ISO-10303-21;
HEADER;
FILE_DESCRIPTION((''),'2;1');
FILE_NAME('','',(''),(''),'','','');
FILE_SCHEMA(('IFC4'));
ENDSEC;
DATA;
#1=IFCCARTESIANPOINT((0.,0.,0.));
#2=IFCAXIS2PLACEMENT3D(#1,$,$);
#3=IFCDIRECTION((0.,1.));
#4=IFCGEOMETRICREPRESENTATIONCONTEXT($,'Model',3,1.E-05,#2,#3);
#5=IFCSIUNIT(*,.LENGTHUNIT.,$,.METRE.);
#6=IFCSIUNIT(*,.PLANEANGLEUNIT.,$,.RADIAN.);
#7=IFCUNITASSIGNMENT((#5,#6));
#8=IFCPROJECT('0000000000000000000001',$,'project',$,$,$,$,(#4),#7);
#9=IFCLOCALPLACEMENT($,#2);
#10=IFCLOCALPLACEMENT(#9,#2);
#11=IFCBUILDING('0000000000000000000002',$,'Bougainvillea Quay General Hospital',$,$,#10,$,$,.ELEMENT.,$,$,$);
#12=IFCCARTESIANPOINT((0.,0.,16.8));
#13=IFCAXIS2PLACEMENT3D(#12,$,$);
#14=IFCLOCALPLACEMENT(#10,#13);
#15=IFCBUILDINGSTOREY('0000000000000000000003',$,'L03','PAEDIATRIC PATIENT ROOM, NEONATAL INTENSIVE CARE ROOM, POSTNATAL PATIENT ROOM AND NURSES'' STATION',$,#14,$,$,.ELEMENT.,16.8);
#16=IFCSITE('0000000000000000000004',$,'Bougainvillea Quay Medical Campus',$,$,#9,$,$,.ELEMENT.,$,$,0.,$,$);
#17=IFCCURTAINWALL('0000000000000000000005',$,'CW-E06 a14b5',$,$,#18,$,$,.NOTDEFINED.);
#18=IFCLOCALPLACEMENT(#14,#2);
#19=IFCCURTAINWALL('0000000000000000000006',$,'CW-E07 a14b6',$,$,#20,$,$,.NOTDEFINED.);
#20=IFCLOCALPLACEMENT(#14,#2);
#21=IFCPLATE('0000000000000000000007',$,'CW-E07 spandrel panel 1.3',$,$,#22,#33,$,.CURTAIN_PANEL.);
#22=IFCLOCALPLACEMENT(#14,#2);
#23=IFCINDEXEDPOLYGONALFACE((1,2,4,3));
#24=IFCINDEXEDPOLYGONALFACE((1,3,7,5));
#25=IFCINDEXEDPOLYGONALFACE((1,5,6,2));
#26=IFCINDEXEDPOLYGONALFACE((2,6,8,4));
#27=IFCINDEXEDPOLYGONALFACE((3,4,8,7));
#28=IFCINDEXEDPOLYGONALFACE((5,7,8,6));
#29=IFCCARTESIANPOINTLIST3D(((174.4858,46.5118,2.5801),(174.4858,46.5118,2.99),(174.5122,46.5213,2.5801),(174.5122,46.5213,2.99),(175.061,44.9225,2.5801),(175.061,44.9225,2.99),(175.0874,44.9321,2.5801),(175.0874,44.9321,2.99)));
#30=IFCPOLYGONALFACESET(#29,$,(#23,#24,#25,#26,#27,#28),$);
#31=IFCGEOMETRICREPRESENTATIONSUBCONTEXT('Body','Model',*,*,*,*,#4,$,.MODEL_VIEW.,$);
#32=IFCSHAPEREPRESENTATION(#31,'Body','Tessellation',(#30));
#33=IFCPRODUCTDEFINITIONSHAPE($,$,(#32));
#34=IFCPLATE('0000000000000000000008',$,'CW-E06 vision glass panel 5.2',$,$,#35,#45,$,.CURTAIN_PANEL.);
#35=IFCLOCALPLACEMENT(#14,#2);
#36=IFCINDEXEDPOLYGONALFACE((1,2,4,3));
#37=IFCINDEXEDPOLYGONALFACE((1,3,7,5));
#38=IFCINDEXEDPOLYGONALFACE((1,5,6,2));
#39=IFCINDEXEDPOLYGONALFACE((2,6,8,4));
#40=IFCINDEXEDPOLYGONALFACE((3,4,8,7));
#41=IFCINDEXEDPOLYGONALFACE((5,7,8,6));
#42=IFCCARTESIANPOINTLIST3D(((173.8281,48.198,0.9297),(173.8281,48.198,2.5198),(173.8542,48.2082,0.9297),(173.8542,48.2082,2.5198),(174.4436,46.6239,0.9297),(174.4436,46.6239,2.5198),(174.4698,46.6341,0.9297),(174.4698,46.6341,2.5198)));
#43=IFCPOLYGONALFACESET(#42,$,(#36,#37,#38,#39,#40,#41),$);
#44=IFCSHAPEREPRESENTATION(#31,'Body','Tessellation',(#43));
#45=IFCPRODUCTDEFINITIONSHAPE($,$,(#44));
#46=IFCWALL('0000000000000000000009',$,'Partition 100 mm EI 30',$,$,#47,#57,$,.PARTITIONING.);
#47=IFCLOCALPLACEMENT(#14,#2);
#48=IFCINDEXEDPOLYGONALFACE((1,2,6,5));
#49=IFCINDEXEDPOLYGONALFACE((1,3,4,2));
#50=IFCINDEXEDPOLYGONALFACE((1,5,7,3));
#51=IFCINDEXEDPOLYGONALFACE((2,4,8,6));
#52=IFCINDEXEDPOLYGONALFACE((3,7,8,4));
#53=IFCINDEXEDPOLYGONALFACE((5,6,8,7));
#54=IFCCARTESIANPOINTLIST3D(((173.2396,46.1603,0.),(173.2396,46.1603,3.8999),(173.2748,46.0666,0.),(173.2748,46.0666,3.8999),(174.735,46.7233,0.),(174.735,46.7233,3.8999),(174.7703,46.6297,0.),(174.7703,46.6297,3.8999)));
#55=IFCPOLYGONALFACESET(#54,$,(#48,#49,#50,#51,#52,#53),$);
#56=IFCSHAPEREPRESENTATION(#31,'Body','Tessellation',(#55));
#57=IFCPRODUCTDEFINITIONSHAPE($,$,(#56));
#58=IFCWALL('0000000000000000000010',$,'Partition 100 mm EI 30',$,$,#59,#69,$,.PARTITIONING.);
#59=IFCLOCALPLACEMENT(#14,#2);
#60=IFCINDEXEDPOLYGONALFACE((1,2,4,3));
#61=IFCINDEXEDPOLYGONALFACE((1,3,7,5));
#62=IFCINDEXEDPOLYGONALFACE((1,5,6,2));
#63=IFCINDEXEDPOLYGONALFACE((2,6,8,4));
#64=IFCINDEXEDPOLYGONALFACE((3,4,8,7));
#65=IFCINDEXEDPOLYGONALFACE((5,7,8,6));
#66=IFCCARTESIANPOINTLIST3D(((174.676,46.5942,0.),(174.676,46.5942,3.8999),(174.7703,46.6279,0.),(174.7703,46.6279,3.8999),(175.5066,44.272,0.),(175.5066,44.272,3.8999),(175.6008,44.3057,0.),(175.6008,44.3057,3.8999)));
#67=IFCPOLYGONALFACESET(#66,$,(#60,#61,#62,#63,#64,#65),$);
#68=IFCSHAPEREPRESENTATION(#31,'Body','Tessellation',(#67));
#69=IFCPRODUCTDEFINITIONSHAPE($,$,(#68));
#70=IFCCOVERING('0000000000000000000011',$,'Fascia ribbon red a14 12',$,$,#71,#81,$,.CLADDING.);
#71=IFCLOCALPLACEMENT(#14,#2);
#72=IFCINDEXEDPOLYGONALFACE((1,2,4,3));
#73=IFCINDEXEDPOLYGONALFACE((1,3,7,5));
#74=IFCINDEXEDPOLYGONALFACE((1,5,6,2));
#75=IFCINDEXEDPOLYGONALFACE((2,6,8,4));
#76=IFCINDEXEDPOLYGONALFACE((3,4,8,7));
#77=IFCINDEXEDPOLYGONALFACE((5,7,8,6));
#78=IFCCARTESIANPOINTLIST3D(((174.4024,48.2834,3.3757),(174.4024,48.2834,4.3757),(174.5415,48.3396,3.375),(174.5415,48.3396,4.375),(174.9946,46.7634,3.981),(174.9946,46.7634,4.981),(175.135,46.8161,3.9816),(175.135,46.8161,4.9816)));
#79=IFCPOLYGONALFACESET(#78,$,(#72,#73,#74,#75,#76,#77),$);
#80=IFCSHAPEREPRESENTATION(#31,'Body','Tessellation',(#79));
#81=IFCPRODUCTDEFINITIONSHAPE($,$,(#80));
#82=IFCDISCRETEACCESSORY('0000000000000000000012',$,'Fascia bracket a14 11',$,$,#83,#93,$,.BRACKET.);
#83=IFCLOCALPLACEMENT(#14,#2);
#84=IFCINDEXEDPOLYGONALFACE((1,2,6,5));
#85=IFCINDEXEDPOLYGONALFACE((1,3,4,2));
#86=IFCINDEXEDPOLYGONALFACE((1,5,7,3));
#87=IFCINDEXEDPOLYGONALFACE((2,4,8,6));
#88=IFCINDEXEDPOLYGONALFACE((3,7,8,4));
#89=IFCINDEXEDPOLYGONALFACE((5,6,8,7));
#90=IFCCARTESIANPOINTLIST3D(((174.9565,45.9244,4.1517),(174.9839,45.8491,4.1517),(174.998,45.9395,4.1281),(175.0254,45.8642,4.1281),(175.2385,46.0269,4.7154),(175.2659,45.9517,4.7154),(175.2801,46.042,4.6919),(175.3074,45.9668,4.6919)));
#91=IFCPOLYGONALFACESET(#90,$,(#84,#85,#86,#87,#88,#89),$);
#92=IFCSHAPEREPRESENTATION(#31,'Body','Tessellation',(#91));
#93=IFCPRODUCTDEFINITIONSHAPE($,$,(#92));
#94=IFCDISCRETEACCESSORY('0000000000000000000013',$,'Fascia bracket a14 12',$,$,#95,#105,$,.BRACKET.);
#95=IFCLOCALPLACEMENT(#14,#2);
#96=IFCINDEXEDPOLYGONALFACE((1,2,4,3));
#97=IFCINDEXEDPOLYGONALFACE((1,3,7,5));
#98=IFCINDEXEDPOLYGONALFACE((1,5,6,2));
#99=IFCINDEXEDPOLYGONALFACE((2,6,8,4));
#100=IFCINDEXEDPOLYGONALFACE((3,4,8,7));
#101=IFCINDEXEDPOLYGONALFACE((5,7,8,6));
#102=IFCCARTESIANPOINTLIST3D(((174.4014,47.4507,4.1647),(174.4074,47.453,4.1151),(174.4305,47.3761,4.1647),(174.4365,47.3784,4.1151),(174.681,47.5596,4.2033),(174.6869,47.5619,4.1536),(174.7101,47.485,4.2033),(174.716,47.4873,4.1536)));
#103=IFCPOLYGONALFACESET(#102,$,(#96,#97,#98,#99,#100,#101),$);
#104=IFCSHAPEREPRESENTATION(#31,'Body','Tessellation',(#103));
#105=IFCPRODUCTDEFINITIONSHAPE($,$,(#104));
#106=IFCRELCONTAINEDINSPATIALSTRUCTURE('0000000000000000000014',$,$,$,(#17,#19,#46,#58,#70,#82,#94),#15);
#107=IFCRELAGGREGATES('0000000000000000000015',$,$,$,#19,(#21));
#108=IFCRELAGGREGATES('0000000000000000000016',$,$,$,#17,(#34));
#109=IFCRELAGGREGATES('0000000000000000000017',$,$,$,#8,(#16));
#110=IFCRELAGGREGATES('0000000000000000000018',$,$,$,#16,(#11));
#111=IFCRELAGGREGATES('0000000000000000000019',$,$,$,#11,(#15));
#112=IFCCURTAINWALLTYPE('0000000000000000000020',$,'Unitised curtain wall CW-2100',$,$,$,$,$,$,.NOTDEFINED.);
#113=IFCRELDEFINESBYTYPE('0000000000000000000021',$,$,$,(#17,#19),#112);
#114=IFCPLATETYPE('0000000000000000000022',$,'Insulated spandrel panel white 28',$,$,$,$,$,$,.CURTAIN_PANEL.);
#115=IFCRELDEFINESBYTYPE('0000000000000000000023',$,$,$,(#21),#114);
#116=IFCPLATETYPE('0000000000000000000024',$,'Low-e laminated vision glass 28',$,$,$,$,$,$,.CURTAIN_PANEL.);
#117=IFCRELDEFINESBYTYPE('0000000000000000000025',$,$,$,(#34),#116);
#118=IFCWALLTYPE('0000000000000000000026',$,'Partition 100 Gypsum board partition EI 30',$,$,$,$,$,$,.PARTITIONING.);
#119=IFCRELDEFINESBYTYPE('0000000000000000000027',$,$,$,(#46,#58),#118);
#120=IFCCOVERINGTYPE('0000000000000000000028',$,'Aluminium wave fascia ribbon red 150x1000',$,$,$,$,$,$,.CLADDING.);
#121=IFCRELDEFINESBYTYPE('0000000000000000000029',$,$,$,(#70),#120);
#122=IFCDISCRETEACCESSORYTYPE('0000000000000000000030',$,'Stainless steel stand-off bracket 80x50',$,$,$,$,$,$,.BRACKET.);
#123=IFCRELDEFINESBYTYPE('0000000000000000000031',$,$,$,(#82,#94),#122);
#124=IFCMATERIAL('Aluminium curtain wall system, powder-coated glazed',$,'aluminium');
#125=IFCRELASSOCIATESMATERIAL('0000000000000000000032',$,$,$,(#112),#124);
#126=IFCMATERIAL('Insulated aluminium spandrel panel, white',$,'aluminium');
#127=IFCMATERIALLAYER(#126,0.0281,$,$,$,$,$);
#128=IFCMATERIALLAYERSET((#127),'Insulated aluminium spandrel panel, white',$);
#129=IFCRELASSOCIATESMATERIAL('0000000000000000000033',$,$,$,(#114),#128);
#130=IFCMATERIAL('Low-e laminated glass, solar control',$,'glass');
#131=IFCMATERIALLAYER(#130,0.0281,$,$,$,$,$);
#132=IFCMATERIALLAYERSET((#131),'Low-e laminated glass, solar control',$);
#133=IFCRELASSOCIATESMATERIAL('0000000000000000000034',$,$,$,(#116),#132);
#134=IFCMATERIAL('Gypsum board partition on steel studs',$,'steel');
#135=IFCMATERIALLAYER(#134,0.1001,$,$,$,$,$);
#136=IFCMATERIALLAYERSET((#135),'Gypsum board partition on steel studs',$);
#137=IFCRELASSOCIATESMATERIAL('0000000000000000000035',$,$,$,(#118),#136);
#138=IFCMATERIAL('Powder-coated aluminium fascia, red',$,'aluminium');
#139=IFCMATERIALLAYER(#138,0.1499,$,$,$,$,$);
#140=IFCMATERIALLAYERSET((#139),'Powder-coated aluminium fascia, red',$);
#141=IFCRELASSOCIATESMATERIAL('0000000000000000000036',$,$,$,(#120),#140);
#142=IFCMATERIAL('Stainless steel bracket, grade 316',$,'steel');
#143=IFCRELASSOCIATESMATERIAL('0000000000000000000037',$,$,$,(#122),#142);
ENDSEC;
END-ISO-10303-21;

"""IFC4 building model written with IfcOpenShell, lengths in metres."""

from ifc_helpers import new_model, si_unit, direction, frame, frame_2d, origin, origin_2d, place, context, subcontext, project, spatial, polyline, rectangle, outline, extrude, material, layer, layer_set, material_profile, profile_set, type_object, element, aggregate, save


model = new_model("IFC4")

# Units and contexts
model_context = context("Model", 3, precision=1e-05, world=origin(), true_north=direction((0.0, 1.0)))
body_context = subcontext(model_context, "Body", "Model", "MODEL_VIEW")
ifc_project = project(units=[si_unit("LENGTHUNIT", "METRE"), si_unit("PLANEANGLEUNIT", "RADIAN")], contexts=[model_context])

# Site, building, storey
site_placement = place(None, origin())
site = spatial("IfcSite", under=ifc_project, at=site_placement, Name="Bougainvillea Quay Medical Campus", CompositionType="ELEMENT", RefElevation=0.0)
building_placement = place(site_placement, origin())
building = spatial("IfcBuilding", under=site, at=building_placement, Name="Bougainvillea Quay General Hospital", CompositionType="ELEMENT")
storey_placement = place(building_placement, frame((0.0, 0.0, 16.8)))
storey = spatial("IfcBuildingStorey", under=building, at=storey_placement, Name="L03", Description="PAEDIATRIC PATIENT ROOM, NEONATAL INTENSIVE CARE ROOM, POSTNATAL PATIENT ROOM AND NURSES' STATION", CompositionType="ELEMENT", Elevation=16.8)

# Curtain wall
ifc_material_1 = material(Name="Aluminium curtain wall system, powder-coated glazed", Category="aluminium")
curtain_wall_type = type_object("IfcCurtainWallType", Name="Unitised curtain wall CW-2100", PredefinedType="NOTDEFINED", material=ifc_material_1)
curtain_wall_1_placement = place(storey_placement, origin())
curtain_wall_1 = element("IfcCurtainWall", 1, at=curtain_wall_1_placement, inside=storey, type_object=curtain_wall_type, Name="CW-E06 a14b5", PredefinedType="NOTDEFINED")

# Curtain wall
curtain_wall_2_placement = place(storey_placement, origin())
curtain_wall_2 = element("IfcCurtainWall", 2, at=curtain_wall_2_placement, inside=storey, type_object=curtain_wall_type, Name="CW-E07 a14b6", PredefinedType="NOTDEFINED")

# Plates
ifc_material_2 = material(Name="Insulated aluminium spandrel panel, white", Category="aluminium")
ifc_layer_1 = layer(ifc_material_2, 0.0281)
ifc_layer_set_1 = layer_set([ifc_layer_1], Name="Insulated aluminium spandrel panel, white")
plate_type_1 = type_object("IfcPlateType", Name="Insulated spandrel panel white 28", PredefinedType="CURTAIN_PANEL", material=ifc_layer_set_1)
plate_1_placement = place(storey_placement, frame((174.7866, 45.7219, 2.5801), z_axis=(0.0, 0.0, 1.0), x_axis=(0.340327, -0.940307, 0.0)))
plate_1 = element("IfcPlate", 3, at=plate_1_placement, type_object=plate_type_1, Name="CW-E07 spandrel panel 1.3", PredefinedType="CURTAIN_PANEL", context=body_context, shape_type="SweptSolid", body=[
    extrude(rectangle(XDim=1.6902, YDim=0.0281, at=origin_2d()), origin(), (0.0, 0.0, 1.0), 0.4099),
])
aggregate(curtain_wall_2, [plate_1])
ifc_material_3 = material(Name="Low-e laminated glass, solar control", Category="glass")
ifc_layer_2 = layer(ifc_material_3, 0.0281)
ifc_layer_set_2 = layer_set([ifc_layer_2], Name="Low-e laminated glass, solar control")
plate_type_2 = type_object("IfcPlateType", Name="Low-e laminated vision glass 28", PredefinedType="CURTAIN_PANEL", material=ifc_layer_set_2)
plate_2_placement = place(storey_placement, frame((174.1489, 47.416, 0.9297), z_axis=(0.0, 0.0, 1.0), x_axis=(0.364214, -0.931315, 0.0)))
plate_2 = element("IfcPlate", 4, at=plate_2_placement, type_object=plate_type_2, Name="CW-E06 vision glass panel 5.2", PredefinedType="CURTAIN_PANEL", context=body_context, shape_type="SweptSolid", body=[
    extrude(rectangle(XDim=1.6902, YDim=0.0281, at=origin_2d()), origin(), (0.0, 0.0, 1.0), 1.5901),
])
aggregate(curtain_wall_1, [plate_2])

# Walls
ifc_material_4 = material(Name="Gypsum board partition on steel studs", Category="steel")
ifc_layer_3 = layer(ifc_material_4, 0.1001)
ifc_layer_set_3 = layer_set([ifc_layer_3], Name="Gypsum board partition on steel studs")
wall_type = type_object("IfcWallType", Name="Partition 100 Gypsum board partition EI 30", PredefinedType="PARTITIONING", material=ifc_layer_set_3)
wall_1_placement = place(storey_placement, frame((173.2573, 46.1135, 0.0), z_axis=(0.0, 0.0, 1.0), x_axis=(0.93587, 0.352346, 0.0)))
element("IfcWall", 5, at=wall_1_placement, inside=storey, type_object=wall_type, Name="Partition 100 mm EI 30", PredefinedType="PARTITIONING", context=body_context, shape_type="SweptSolid", body=[
    extrude(rectangle(XDim=1.5979, YDim=0.1001, at=frame_2d((0.7988, 0.0))), origin(), (0.0, 0.0, 1.0), 3.8999),
])
wall_2_placement = place(storey_placement, frame((174.7231, 46.6111, 0.0), z_axis=(0.0, 0.0, 1.0), x_axis=(0.336763, -0.94159, 0.0)))
element("IfcWall", 6, at=wall_2_placement, inside=storey, type_object=wall_type, Name="Partition 100 mm EI 30", PredefinedType="PARTITIONING", context=body_context, shape_type="SweptSolid", body=[
    extrude(rectangle(XDim=2.4663, YDim=0.1001, at=frame_2d((1.2332, 0.0))), origin(), (0.0, 0.0, 1.0), 3.8999),
])

# Covering
ifc_material_5 = material(Name="Powder-coated aluminium fascia, red", Category="aluminium")
ifc_layer_4 = layer(ifc_material_5, 0.1499)
ifc_layer_set_4 = layer_set([ifc_layer_4], Name="Powder-coated aluminium fascia, red")
covering_type = type_object("IfcCoveringType", Name="Aluminium wave fascia ribbon red 150x1000", PredefinedType="CLADDING", material=ifc_layer_set_4)
covering_placement = place(storey_placement, frame((174.9946, 46.7634, 3.981), z_axis=(-0.126259, 0.324141, 0.937546), x_axis=(-0.340392, 0.87357, -0.347863)))
element("IfcCovering", 7, at=covering_placement, inside=storey, type_object=covering_type, Name="Fascia ribbon red a14 12", PredefinedType="CLADDING", context=body_context, shape_type="SweptSolid", body=[
    extrude(outline(polyline([(0.0, 0.0), (1.74, 0.0), (1.7419, -0.1501), (-0.002, -0.1499), (0.0, 0.0)])), origin(), (-0.347863, 0.000039, 0.937546), 1.0),
])

# Discrete accessories
ifc_material_6 = material(Name="Stainless steel bracket, grade 316", Category="steel")
ifc_material_profile_1 = material_profile(ifc_material_6, rectangle(XDim=0.0801, YDim=0.05, at=origin_2d()))
ifc_profile_set_1 = profile_set([ifc_material_profile_1], Name="Stainless steel bracket, grade 316")
discrete_accessory_type = type_object("IfcDiscreteAccessoryType", Name="Stainless steel stand-off bracket 80x50", PredefinedType="BRACKET", material=ifc_profile_set_1)
discrete_accessory_1_placement = place(storey_placement, frame((174.991, 45.8943, 4.1399), z_axis=(0.441564, 0.160569, 0.882745), x_axis=(-0.341743, 0.939793, 0.0)))
element("IfcDiscreteAccessory", 8, at=discrete_accessory_1_placement, inside=storey, type_object=discrete_accessory_type, Name="Fascia bracket a14 11", PredefinedType="BRACKET", context=body_context, shape_type="SweptSolid", body=[
    extrude(rectangle(XDim=0.0801, YDim=0.05, at=origin_2d()), origin(), (0.0, 0.0, 1.0), 0.6387),
])
discrete_accessory_2_placement = place(storey_placement, frame((174.4189, 47.4146, 4.1399), z_axis=(0.924197, 0.359993, 0.127531), x_axis=(-0.362957, 0.931806, 0.0)))
element("IfcDiscreteAccessory", 9, at=discrete_accessory_2_placement, inside=storey, type_object=discrete_accessory_type, Name="Fascia bracket a14 12", PredefinedType="BRACKET", context=body_context, shape_type="SweptSolid", body=[
    extrude(rectangle(XDim=0.0801, YDim=0.05, at=origin_2d()), origin(), (0.0, 0.0, 1.0), 0.3025),
])

save(model, "model.ifc")
